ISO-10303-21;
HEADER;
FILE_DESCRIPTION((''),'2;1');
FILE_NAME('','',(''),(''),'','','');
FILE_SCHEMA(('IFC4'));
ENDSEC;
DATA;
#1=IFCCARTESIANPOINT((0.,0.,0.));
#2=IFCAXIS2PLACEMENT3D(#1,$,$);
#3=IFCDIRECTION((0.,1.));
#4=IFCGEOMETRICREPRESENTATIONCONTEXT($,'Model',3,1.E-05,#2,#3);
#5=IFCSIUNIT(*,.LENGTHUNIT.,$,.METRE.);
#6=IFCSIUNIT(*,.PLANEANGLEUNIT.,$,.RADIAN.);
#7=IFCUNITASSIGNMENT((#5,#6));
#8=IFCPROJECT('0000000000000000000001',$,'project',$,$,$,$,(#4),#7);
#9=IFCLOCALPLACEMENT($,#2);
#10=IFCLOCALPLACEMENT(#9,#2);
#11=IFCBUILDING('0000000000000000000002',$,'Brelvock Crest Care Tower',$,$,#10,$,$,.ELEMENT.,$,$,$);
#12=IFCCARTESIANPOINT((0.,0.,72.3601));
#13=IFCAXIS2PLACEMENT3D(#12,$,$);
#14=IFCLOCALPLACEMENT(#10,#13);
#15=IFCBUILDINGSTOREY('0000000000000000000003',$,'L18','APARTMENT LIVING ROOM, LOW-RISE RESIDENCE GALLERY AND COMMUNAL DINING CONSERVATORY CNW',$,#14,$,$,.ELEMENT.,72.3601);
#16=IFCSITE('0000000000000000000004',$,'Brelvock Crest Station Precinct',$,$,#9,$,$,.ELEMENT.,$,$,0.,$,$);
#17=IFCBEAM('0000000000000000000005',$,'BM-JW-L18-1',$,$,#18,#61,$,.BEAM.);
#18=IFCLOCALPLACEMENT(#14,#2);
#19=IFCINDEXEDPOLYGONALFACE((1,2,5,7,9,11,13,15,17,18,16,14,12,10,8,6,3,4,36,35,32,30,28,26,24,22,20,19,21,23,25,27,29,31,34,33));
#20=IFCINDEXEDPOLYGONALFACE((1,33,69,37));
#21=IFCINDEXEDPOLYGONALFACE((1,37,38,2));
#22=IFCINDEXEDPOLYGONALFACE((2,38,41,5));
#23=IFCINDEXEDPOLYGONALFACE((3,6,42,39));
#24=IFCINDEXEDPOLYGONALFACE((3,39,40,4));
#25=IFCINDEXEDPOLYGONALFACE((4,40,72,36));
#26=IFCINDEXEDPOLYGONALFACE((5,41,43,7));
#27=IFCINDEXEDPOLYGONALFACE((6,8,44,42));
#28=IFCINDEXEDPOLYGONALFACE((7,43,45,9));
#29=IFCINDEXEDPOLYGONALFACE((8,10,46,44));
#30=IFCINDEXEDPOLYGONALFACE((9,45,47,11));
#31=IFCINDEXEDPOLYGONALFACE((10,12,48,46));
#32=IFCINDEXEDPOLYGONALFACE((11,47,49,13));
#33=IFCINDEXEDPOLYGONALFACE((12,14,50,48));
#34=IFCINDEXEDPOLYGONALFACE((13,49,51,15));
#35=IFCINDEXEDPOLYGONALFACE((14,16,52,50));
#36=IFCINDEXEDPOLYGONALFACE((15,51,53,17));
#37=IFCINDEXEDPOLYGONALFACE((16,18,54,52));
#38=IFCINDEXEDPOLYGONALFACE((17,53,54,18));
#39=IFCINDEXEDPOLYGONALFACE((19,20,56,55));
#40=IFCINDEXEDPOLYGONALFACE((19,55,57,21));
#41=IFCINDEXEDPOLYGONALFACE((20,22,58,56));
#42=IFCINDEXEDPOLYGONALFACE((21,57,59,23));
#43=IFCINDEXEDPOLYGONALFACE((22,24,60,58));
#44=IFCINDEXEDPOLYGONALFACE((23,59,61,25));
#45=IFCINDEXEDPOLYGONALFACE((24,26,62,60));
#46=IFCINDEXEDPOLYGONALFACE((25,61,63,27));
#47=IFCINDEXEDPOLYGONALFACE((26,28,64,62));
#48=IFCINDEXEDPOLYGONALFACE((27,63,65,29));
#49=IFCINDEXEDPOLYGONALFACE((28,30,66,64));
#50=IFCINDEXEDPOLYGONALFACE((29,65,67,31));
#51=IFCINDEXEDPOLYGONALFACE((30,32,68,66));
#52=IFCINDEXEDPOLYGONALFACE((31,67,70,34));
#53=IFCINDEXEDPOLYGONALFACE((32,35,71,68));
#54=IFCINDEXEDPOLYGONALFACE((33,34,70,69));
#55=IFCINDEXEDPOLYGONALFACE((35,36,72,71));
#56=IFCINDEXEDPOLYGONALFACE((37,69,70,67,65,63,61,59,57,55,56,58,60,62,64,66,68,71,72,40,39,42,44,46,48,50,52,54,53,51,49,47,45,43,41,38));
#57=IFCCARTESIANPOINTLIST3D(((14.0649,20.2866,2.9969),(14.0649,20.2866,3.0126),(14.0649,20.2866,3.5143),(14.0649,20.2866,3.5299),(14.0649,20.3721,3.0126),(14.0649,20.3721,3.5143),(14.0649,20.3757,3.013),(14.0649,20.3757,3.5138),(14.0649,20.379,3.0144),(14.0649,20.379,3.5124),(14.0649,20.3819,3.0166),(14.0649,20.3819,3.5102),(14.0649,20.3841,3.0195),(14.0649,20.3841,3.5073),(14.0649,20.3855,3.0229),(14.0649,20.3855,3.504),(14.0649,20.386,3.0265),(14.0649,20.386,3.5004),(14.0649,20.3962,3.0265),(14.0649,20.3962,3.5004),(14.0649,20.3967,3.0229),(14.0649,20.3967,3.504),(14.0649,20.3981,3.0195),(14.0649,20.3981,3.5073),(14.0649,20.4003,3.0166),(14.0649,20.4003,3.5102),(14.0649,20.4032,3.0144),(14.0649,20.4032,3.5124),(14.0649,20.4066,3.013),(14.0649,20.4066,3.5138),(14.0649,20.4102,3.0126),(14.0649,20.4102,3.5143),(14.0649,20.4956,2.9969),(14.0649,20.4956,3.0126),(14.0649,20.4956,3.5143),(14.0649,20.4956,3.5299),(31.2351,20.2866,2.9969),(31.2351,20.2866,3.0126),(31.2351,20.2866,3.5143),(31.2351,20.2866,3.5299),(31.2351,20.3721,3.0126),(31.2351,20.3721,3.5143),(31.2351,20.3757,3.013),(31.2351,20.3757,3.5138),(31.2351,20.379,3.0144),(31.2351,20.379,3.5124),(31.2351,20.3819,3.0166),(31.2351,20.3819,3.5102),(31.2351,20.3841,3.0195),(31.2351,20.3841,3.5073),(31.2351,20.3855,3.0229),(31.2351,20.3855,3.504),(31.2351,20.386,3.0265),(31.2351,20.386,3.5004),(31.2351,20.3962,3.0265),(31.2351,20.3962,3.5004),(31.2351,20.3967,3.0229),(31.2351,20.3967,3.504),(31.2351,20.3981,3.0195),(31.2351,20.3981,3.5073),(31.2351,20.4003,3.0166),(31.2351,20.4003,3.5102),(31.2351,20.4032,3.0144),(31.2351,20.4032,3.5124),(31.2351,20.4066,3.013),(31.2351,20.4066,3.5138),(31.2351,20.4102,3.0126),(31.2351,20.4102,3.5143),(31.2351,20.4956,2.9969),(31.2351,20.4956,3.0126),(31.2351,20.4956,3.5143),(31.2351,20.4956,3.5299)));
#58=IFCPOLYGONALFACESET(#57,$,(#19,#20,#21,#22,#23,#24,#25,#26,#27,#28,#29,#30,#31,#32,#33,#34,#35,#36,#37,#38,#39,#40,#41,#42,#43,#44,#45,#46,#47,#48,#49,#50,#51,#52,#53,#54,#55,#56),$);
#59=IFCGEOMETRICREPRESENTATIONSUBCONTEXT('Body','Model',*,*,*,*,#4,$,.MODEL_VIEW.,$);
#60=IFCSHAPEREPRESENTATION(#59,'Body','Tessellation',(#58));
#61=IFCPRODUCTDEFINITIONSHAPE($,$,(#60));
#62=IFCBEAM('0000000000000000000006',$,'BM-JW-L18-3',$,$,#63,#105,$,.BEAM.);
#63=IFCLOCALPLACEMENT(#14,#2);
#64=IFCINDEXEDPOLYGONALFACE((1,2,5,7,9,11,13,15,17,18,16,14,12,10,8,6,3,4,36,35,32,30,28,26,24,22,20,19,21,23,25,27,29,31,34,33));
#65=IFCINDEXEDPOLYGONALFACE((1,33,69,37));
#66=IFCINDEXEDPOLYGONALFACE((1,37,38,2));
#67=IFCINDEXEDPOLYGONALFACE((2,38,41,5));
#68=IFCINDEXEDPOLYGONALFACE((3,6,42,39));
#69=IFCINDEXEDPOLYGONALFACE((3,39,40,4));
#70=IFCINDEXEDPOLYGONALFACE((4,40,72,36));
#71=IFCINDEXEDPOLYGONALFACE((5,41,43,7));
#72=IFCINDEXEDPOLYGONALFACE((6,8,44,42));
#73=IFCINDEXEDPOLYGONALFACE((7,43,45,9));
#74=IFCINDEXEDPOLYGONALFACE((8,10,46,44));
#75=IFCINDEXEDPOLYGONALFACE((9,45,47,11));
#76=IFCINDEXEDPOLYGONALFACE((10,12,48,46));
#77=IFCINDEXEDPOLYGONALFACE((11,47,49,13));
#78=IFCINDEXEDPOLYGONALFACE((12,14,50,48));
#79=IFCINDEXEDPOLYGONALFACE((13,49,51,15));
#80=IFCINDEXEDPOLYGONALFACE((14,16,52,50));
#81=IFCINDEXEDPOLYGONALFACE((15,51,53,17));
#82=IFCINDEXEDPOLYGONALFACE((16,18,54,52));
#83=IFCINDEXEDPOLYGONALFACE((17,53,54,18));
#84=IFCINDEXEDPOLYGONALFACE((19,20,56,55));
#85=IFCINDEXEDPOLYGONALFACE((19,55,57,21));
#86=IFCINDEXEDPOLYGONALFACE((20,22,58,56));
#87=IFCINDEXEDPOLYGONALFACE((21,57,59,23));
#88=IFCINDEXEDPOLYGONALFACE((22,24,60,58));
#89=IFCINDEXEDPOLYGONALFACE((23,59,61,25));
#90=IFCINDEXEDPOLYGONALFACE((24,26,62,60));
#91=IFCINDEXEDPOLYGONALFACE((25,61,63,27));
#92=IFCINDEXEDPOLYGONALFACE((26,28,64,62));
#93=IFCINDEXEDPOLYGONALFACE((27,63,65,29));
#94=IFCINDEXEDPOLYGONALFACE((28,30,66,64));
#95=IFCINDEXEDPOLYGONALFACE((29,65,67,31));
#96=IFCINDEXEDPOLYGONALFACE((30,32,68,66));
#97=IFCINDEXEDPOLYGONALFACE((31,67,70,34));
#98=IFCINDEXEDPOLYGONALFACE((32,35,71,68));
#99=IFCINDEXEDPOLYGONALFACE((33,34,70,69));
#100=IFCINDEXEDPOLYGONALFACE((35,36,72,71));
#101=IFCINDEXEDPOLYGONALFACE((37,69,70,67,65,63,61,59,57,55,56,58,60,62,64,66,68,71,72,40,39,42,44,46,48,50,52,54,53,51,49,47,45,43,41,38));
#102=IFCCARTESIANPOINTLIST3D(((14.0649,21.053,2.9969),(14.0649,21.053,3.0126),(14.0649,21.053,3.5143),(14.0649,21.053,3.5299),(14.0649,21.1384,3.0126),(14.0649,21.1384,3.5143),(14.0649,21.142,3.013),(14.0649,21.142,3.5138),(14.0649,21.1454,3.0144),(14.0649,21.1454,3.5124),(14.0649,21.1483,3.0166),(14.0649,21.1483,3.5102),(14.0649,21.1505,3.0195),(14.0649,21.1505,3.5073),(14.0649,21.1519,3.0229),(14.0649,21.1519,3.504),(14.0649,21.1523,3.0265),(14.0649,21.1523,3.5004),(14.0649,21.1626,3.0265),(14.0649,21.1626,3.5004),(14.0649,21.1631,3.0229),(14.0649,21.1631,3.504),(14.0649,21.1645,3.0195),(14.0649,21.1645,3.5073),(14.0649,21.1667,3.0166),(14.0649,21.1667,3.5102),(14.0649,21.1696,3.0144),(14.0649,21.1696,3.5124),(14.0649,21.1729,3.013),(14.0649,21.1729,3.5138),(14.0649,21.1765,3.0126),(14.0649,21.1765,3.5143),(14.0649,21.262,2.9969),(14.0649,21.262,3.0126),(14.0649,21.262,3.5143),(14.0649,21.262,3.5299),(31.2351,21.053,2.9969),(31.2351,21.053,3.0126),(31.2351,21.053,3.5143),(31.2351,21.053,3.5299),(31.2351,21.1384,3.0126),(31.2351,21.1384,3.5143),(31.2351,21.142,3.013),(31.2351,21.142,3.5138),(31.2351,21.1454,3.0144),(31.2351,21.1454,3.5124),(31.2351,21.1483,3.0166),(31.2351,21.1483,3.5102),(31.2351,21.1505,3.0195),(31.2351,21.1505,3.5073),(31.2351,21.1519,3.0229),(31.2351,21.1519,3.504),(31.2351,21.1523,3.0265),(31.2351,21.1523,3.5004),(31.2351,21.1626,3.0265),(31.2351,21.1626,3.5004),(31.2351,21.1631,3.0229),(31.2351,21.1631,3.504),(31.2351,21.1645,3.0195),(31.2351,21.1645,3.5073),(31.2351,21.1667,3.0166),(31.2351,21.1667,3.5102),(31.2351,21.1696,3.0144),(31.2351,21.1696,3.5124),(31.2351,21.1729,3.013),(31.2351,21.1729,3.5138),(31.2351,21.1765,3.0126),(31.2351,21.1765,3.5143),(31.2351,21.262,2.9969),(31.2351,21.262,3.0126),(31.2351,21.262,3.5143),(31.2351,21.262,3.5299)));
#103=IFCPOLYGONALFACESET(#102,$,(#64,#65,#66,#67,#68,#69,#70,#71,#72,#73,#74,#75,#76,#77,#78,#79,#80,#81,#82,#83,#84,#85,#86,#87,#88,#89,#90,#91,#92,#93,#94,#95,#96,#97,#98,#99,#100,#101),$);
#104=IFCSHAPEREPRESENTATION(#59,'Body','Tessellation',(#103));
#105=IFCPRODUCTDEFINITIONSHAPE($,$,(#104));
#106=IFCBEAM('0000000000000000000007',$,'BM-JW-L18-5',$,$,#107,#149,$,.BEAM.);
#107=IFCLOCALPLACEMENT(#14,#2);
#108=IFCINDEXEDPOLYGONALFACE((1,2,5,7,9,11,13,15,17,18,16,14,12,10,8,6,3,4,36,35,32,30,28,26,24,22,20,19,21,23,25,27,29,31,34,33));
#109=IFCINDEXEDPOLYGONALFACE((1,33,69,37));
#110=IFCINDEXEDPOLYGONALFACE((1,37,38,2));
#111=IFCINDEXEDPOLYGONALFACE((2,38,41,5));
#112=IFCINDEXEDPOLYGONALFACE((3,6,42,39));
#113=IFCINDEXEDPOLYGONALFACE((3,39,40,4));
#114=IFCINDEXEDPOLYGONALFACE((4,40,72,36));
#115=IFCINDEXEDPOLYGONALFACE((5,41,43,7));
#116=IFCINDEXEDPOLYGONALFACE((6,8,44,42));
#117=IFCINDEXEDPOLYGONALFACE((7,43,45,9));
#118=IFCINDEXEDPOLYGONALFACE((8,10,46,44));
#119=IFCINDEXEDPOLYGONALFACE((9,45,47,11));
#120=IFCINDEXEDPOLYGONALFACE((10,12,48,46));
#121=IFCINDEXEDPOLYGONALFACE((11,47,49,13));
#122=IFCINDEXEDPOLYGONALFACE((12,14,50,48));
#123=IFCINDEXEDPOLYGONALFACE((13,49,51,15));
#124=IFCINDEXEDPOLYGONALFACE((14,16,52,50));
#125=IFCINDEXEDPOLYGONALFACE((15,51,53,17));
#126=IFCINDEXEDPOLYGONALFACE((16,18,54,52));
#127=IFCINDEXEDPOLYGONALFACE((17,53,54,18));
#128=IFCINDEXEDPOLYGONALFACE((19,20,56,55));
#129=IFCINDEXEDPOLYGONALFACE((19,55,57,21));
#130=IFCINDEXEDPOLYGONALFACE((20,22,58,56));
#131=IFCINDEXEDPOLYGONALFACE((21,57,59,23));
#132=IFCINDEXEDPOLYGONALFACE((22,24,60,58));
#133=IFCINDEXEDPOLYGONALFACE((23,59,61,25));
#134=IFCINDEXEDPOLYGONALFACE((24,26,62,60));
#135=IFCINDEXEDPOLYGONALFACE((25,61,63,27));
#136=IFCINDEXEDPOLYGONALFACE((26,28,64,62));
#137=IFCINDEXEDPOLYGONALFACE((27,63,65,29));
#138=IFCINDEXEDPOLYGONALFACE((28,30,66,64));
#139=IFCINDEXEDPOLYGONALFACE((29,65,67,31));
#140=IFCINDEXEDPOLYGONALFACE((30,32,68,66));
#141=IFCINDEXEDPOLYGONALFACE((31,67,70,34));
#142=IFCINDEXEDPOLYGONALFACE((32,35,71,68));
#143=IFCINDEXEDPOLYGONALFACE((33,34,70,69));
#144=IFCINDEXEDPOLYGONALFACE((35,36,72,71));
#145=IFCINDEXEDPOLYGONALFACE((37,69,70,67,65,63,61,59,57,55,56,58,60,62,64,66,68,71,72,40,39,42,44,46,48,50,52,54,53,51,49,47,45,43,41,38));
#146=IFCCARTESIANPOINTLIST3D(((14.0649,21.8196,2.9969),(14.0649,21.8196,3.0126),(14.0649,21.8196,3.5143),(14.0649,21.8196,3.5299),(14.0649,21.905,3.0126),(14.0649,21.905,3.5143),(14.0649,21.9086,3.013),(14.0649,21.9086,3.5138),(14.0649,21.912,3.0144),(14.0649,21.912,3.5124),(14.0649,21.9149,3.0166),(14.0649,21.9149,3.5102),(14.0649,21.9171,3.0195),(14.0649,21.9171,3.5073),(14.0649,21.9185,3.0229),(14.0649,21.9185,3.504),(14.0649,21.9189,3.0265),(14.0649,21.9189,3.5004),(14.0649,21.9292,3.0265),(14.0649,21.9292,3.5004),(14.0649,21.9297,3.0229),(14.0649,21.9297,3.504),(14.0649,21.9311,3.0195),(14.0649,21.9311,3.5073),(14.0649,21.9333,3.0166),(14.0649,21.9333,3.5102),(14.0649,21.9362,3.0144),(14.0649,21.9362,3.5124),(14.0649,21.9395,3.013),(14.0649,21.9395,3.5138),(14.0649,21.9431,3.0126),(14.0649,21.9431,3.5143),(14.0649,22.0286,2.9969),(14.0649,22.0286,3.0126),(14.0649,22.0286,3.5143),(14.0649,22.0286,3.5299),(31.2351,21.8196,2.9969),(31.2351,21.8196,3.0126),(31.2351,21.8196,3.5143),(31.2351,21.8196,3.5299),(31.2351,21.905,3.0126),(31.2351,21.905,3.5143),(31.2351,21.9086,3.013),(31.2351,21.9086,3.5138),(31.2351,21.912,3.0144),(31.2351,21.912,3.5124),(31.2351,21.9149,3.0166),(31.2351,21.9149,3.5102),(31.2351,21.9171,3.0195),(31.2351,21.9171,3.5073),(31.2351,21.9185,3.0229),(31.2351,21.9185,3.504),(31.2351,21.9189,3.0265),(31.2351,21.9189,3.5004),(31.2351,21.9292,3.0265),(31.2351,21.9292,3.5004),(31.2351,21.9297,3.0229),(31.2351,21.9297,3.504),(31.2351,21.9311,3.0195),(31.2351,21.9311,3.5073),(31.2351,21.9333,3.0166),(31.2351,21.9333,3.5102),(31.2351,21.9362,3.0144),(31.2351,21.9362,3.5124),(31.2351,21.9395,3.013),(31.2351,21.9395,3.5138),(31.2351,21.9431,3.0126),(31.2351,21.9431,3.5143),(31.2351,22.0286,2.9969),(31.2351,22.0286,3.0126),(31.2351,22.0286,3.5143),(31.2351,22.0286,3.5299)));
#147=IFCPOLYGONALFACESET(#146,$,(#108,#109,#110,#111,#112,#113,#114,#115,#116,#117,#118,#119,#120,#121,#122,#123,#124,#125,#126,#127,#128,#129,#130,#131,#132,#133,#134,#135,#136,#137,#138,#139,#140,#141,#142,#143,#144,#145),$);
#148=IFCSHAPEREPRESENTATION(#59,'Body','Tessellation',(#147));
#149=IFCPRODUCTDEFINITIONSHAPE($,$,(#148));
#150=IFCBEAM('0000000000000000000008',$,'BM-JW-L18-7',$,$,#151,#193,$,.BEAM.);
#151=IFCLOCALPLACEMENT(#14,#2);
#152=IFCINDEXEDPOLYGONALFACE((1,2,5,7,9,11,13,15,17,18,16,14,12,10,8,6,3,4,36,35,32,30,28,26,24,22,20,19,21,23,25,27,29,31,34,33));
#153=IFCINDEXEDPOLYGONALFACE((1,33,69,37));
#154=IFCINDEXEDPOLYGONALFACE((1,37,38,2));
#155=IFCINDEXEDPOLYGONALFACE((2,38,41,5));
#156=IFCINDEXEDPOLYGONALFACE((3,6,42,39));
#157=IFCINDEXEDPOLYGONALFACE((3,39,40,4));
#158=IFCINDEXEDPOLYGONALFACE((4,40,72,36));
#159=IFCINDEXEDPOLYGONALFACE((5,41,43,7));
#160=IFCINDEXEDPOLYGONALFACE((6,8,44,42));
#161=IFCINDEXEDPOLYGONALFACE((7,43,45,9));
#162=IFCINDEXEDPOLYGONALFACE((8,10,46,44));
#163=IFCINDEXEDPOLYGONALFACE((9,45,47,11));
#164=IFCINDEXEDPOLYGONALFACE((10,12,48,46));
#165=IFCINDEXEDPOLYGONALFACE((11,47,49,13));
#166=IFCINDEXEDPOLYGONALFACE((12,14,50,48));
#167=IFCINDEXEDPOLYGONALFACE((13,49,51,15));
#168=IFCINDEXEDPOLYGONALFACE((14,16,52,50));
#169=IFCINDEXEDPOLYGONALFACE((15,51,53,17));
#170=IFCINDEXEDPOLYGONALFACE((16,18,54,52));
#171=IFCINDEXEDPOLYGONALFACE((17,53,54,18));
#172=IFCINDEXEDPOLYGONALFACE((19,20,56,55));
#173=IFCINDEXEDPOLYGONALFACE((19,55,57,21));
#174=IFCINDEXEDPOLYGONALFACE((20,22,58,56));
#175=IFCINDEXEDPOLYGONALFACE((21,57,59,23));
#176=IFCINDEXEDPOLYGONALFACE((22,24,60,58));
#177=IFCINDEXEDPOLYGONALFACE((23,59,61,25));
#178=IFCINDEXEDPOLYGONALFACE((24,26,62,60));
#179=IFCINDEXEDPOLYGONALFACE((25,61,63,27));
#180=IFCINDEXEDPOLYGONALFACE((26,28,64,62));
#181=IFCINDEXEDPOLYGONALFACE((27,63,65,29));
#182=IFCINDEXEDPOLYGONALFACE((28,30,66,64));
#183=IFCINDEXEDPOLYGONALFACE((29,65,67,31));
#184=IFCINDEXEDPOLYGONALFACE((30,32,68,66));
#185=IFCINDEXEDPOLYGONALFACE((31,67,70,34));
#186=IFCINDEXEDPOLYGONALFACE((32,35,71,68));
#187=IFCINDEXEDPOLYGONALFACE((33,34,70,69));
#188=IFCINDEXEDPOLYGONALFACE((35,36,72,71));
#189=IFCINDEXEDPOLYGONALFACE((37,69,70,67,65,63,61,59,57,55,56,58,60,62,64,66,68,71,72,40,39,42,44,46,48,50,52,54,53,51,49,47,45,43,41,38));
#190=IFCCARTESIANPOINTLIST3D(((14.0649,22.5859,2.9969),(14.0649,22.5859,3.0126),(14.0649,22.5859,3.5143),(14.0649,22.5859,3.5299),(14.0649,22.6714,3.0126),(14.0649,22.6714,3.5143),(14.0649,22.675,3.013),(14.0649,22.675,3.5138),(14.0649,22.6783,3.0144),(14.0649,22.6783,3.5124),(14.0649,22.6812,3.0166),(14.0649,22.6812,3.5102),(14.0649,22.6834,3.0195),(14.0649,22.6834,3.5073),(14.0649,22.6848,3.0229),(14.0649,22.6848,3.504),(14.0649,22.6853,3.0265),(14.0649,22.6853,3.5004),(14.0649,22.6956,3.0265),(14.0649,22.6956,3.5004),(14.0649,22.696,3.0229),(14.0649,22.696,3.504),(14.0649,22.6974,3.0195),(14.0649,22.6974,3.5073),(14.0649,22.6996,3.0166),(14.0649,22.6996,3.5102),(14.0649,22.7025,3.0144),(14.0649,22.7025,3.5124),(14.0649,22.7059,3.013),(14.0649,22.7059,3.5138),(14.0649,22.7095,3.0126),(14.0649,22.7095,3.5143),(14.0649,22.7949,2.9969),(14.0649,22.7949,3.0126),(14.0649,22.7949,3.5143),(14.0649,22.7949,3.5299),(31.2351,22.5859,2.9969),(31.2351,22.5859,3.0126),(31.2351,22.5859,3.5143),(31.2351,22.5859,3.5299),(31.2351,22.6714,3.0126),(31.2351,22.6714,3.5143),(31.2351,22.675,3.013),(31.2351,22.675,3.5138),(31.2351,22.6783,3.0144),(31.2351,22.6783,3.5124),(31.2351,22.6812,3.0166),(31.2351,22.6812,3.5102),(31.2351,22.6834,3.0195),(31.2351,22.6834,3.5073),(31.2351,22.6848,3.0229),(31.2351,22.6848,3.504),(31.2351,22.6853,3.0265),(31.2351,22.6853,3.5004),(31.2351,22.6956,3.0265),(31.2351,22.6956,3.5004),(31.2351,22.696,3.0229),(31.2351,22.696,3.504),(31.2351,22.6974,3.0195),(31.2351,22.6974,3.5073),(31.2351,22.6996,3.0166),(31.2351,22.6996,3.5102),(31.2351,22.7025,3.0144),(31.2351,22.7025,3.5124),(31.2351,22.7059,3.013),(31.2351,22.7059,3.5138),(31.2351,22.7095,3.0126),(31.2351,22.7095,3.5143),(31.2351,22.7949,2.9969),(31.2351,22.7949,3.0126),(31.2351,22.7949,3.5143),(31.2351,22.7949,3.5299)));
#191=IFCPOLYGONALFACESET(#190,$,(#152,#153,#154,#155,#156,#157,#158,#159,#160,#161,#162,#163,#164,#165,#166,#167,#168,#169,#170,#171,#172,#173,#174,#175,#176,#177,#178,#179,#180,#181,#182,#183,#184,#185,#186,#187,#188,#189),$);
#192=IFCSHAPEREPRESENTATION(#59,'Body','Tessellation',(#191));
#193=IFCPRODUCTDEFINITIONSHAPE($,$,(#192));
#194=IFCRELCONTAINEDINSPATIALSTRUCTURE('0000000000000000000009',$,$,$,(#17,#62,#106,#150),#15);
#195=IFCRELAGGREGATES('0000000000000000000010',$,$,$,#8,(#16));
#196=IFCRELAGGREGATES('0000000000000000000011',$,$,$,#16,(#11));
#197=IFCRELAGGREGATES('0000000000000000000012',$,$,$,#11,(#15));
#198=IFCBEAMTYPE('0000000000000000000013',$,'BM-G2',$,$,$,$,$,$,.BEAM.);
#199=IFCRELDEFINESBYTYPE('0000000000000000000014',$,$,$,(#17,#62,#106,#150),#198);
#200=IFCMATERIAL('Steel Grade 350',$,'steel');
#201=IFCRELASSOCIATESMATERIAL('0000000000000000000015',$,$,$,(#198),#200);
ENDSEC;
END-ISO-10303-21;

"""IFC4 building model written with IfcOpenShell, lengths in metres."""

from ifc_helpers import new_model, si_unit, direction, frame, origin, origin_2d, place, context, subcontext, project, spatial, i_section, extrude, source, transform, mapped, material, material_profile, profile_set, type_object, element, save


model = new_model("IFC4")

# Units and contexts
model_context = context("Model", 3, precision=1e-05, world=origin(), true_north=direction((0.0, 1.0)))
body_context = subcontext(model_context, "Body", "Model", "MODEL_VIEW")
ifc_project = project(units=[si_unit("LENGTHUNIT", "METRE"), si_unit("PLANEANGLEUNIT", "RADIAN")], contexts=[model_context])

# Site, building, storey
site_placement = place(None, origin())
site = spatial("IfcSite", under=ifc_project, at=site_placement, Name="Brelvock Crest Station Precinct", CompositionType="ELEMENT", RefElevation=0.0)
building_placement = place(site_placement, origin())
building = spatial("IfcBuilding", under=site, at=building_placement, Name="Brelvock Crest Care Tower", CompositionType="ELEMENT")
storey_placement = place(building_placement, frame((0.0, 0.0, 72.3601)))
storey = spatial("IfcBuildingStorey", under=building, at=storey_placement, Name="L18", Description="APARTMENT LIVING ROOM, LOW-RISE RESIDENCE GALLERY AND COMMUNAL DINING CONSERVATORY CNW", CompositionType="ELEMENT", Elevation=72.3601)

# Shared definitions
ifc_material_1 = material(Name="Steel Grade 350", Category="steel")

# Beams
ifc_material_profile_1 = material_profile(ifc_material_1, i_section(OverallWidth=0.209, OverallDepth=0.533, WebThickness=0.0103, FlangeThickness=0.0156, FilletRadius=0.0139, at=origin_2d()), Name="530UB92.4")
ifc_profile_set_1 = profile_set([ifc_material_profile_1], Name="Steel Grade 350")
beam_type_1 = type_object("IfcBeamType", Name="BM-G2", PredefinedType="BEAM", material=ifc_profile_set_1)
shared_shape_1 = source(origin(), body_context, "Body", "SweptSolid", [
    extrude(i_section(OverallWidth=0.209, OverallDepth=0.533, WebThickness=0.0103, FlangeThickness=0.0156, FilletRadius=0.0139, at=origin_2d()), origin(), (0.0, 0.0, 1.0), 17.1702),
])
for number, where, z_axis, x_axis, name in (
    (1, (14.0649, 20.3911, 3.2634), (1.0, 0.0, 0.0), (0.0, 1.0, 0.0), "BM-JW-L18-1"),
    (2, (14.0649, 21.1575, 3.2634), (1.0, 0.0, 0.0), (0.0, 1.0, 0.0), "BM-JW-L18-3"),
    (3, (14.0649, 21.9241, 3.2634), (1.0, 0.0, 0.0), (0.0, 1.0, 0.0), "BM-JW-L18-5"),
    (4, (14.0649, 22.6904, 3.2634), (1.0, 0.0, 0.0), (0.0, 1.0, 0.0), "BM-JW-L18-7"),
):
    element("IfcBeam", number, at=place(storey_placement, frame(where, z_axis=z_axis, x_axis=x_axis)), inside=storey, type_object=beam_type_1, Name=name, PredefinedType="BEAM", context=body_context, shape_type="MappedRepresentation", body=[
        mapped(shared_shape_1, transform((0.0, 0.0, 0.0), x_axis=(1.0, 0.0, 0.0), y_axis=(0.0, 1.0, 0.0), z_axis=(0.0, 0.0, 1.0), scale=1.0)),
    ])

save(model, "model.ifc")
